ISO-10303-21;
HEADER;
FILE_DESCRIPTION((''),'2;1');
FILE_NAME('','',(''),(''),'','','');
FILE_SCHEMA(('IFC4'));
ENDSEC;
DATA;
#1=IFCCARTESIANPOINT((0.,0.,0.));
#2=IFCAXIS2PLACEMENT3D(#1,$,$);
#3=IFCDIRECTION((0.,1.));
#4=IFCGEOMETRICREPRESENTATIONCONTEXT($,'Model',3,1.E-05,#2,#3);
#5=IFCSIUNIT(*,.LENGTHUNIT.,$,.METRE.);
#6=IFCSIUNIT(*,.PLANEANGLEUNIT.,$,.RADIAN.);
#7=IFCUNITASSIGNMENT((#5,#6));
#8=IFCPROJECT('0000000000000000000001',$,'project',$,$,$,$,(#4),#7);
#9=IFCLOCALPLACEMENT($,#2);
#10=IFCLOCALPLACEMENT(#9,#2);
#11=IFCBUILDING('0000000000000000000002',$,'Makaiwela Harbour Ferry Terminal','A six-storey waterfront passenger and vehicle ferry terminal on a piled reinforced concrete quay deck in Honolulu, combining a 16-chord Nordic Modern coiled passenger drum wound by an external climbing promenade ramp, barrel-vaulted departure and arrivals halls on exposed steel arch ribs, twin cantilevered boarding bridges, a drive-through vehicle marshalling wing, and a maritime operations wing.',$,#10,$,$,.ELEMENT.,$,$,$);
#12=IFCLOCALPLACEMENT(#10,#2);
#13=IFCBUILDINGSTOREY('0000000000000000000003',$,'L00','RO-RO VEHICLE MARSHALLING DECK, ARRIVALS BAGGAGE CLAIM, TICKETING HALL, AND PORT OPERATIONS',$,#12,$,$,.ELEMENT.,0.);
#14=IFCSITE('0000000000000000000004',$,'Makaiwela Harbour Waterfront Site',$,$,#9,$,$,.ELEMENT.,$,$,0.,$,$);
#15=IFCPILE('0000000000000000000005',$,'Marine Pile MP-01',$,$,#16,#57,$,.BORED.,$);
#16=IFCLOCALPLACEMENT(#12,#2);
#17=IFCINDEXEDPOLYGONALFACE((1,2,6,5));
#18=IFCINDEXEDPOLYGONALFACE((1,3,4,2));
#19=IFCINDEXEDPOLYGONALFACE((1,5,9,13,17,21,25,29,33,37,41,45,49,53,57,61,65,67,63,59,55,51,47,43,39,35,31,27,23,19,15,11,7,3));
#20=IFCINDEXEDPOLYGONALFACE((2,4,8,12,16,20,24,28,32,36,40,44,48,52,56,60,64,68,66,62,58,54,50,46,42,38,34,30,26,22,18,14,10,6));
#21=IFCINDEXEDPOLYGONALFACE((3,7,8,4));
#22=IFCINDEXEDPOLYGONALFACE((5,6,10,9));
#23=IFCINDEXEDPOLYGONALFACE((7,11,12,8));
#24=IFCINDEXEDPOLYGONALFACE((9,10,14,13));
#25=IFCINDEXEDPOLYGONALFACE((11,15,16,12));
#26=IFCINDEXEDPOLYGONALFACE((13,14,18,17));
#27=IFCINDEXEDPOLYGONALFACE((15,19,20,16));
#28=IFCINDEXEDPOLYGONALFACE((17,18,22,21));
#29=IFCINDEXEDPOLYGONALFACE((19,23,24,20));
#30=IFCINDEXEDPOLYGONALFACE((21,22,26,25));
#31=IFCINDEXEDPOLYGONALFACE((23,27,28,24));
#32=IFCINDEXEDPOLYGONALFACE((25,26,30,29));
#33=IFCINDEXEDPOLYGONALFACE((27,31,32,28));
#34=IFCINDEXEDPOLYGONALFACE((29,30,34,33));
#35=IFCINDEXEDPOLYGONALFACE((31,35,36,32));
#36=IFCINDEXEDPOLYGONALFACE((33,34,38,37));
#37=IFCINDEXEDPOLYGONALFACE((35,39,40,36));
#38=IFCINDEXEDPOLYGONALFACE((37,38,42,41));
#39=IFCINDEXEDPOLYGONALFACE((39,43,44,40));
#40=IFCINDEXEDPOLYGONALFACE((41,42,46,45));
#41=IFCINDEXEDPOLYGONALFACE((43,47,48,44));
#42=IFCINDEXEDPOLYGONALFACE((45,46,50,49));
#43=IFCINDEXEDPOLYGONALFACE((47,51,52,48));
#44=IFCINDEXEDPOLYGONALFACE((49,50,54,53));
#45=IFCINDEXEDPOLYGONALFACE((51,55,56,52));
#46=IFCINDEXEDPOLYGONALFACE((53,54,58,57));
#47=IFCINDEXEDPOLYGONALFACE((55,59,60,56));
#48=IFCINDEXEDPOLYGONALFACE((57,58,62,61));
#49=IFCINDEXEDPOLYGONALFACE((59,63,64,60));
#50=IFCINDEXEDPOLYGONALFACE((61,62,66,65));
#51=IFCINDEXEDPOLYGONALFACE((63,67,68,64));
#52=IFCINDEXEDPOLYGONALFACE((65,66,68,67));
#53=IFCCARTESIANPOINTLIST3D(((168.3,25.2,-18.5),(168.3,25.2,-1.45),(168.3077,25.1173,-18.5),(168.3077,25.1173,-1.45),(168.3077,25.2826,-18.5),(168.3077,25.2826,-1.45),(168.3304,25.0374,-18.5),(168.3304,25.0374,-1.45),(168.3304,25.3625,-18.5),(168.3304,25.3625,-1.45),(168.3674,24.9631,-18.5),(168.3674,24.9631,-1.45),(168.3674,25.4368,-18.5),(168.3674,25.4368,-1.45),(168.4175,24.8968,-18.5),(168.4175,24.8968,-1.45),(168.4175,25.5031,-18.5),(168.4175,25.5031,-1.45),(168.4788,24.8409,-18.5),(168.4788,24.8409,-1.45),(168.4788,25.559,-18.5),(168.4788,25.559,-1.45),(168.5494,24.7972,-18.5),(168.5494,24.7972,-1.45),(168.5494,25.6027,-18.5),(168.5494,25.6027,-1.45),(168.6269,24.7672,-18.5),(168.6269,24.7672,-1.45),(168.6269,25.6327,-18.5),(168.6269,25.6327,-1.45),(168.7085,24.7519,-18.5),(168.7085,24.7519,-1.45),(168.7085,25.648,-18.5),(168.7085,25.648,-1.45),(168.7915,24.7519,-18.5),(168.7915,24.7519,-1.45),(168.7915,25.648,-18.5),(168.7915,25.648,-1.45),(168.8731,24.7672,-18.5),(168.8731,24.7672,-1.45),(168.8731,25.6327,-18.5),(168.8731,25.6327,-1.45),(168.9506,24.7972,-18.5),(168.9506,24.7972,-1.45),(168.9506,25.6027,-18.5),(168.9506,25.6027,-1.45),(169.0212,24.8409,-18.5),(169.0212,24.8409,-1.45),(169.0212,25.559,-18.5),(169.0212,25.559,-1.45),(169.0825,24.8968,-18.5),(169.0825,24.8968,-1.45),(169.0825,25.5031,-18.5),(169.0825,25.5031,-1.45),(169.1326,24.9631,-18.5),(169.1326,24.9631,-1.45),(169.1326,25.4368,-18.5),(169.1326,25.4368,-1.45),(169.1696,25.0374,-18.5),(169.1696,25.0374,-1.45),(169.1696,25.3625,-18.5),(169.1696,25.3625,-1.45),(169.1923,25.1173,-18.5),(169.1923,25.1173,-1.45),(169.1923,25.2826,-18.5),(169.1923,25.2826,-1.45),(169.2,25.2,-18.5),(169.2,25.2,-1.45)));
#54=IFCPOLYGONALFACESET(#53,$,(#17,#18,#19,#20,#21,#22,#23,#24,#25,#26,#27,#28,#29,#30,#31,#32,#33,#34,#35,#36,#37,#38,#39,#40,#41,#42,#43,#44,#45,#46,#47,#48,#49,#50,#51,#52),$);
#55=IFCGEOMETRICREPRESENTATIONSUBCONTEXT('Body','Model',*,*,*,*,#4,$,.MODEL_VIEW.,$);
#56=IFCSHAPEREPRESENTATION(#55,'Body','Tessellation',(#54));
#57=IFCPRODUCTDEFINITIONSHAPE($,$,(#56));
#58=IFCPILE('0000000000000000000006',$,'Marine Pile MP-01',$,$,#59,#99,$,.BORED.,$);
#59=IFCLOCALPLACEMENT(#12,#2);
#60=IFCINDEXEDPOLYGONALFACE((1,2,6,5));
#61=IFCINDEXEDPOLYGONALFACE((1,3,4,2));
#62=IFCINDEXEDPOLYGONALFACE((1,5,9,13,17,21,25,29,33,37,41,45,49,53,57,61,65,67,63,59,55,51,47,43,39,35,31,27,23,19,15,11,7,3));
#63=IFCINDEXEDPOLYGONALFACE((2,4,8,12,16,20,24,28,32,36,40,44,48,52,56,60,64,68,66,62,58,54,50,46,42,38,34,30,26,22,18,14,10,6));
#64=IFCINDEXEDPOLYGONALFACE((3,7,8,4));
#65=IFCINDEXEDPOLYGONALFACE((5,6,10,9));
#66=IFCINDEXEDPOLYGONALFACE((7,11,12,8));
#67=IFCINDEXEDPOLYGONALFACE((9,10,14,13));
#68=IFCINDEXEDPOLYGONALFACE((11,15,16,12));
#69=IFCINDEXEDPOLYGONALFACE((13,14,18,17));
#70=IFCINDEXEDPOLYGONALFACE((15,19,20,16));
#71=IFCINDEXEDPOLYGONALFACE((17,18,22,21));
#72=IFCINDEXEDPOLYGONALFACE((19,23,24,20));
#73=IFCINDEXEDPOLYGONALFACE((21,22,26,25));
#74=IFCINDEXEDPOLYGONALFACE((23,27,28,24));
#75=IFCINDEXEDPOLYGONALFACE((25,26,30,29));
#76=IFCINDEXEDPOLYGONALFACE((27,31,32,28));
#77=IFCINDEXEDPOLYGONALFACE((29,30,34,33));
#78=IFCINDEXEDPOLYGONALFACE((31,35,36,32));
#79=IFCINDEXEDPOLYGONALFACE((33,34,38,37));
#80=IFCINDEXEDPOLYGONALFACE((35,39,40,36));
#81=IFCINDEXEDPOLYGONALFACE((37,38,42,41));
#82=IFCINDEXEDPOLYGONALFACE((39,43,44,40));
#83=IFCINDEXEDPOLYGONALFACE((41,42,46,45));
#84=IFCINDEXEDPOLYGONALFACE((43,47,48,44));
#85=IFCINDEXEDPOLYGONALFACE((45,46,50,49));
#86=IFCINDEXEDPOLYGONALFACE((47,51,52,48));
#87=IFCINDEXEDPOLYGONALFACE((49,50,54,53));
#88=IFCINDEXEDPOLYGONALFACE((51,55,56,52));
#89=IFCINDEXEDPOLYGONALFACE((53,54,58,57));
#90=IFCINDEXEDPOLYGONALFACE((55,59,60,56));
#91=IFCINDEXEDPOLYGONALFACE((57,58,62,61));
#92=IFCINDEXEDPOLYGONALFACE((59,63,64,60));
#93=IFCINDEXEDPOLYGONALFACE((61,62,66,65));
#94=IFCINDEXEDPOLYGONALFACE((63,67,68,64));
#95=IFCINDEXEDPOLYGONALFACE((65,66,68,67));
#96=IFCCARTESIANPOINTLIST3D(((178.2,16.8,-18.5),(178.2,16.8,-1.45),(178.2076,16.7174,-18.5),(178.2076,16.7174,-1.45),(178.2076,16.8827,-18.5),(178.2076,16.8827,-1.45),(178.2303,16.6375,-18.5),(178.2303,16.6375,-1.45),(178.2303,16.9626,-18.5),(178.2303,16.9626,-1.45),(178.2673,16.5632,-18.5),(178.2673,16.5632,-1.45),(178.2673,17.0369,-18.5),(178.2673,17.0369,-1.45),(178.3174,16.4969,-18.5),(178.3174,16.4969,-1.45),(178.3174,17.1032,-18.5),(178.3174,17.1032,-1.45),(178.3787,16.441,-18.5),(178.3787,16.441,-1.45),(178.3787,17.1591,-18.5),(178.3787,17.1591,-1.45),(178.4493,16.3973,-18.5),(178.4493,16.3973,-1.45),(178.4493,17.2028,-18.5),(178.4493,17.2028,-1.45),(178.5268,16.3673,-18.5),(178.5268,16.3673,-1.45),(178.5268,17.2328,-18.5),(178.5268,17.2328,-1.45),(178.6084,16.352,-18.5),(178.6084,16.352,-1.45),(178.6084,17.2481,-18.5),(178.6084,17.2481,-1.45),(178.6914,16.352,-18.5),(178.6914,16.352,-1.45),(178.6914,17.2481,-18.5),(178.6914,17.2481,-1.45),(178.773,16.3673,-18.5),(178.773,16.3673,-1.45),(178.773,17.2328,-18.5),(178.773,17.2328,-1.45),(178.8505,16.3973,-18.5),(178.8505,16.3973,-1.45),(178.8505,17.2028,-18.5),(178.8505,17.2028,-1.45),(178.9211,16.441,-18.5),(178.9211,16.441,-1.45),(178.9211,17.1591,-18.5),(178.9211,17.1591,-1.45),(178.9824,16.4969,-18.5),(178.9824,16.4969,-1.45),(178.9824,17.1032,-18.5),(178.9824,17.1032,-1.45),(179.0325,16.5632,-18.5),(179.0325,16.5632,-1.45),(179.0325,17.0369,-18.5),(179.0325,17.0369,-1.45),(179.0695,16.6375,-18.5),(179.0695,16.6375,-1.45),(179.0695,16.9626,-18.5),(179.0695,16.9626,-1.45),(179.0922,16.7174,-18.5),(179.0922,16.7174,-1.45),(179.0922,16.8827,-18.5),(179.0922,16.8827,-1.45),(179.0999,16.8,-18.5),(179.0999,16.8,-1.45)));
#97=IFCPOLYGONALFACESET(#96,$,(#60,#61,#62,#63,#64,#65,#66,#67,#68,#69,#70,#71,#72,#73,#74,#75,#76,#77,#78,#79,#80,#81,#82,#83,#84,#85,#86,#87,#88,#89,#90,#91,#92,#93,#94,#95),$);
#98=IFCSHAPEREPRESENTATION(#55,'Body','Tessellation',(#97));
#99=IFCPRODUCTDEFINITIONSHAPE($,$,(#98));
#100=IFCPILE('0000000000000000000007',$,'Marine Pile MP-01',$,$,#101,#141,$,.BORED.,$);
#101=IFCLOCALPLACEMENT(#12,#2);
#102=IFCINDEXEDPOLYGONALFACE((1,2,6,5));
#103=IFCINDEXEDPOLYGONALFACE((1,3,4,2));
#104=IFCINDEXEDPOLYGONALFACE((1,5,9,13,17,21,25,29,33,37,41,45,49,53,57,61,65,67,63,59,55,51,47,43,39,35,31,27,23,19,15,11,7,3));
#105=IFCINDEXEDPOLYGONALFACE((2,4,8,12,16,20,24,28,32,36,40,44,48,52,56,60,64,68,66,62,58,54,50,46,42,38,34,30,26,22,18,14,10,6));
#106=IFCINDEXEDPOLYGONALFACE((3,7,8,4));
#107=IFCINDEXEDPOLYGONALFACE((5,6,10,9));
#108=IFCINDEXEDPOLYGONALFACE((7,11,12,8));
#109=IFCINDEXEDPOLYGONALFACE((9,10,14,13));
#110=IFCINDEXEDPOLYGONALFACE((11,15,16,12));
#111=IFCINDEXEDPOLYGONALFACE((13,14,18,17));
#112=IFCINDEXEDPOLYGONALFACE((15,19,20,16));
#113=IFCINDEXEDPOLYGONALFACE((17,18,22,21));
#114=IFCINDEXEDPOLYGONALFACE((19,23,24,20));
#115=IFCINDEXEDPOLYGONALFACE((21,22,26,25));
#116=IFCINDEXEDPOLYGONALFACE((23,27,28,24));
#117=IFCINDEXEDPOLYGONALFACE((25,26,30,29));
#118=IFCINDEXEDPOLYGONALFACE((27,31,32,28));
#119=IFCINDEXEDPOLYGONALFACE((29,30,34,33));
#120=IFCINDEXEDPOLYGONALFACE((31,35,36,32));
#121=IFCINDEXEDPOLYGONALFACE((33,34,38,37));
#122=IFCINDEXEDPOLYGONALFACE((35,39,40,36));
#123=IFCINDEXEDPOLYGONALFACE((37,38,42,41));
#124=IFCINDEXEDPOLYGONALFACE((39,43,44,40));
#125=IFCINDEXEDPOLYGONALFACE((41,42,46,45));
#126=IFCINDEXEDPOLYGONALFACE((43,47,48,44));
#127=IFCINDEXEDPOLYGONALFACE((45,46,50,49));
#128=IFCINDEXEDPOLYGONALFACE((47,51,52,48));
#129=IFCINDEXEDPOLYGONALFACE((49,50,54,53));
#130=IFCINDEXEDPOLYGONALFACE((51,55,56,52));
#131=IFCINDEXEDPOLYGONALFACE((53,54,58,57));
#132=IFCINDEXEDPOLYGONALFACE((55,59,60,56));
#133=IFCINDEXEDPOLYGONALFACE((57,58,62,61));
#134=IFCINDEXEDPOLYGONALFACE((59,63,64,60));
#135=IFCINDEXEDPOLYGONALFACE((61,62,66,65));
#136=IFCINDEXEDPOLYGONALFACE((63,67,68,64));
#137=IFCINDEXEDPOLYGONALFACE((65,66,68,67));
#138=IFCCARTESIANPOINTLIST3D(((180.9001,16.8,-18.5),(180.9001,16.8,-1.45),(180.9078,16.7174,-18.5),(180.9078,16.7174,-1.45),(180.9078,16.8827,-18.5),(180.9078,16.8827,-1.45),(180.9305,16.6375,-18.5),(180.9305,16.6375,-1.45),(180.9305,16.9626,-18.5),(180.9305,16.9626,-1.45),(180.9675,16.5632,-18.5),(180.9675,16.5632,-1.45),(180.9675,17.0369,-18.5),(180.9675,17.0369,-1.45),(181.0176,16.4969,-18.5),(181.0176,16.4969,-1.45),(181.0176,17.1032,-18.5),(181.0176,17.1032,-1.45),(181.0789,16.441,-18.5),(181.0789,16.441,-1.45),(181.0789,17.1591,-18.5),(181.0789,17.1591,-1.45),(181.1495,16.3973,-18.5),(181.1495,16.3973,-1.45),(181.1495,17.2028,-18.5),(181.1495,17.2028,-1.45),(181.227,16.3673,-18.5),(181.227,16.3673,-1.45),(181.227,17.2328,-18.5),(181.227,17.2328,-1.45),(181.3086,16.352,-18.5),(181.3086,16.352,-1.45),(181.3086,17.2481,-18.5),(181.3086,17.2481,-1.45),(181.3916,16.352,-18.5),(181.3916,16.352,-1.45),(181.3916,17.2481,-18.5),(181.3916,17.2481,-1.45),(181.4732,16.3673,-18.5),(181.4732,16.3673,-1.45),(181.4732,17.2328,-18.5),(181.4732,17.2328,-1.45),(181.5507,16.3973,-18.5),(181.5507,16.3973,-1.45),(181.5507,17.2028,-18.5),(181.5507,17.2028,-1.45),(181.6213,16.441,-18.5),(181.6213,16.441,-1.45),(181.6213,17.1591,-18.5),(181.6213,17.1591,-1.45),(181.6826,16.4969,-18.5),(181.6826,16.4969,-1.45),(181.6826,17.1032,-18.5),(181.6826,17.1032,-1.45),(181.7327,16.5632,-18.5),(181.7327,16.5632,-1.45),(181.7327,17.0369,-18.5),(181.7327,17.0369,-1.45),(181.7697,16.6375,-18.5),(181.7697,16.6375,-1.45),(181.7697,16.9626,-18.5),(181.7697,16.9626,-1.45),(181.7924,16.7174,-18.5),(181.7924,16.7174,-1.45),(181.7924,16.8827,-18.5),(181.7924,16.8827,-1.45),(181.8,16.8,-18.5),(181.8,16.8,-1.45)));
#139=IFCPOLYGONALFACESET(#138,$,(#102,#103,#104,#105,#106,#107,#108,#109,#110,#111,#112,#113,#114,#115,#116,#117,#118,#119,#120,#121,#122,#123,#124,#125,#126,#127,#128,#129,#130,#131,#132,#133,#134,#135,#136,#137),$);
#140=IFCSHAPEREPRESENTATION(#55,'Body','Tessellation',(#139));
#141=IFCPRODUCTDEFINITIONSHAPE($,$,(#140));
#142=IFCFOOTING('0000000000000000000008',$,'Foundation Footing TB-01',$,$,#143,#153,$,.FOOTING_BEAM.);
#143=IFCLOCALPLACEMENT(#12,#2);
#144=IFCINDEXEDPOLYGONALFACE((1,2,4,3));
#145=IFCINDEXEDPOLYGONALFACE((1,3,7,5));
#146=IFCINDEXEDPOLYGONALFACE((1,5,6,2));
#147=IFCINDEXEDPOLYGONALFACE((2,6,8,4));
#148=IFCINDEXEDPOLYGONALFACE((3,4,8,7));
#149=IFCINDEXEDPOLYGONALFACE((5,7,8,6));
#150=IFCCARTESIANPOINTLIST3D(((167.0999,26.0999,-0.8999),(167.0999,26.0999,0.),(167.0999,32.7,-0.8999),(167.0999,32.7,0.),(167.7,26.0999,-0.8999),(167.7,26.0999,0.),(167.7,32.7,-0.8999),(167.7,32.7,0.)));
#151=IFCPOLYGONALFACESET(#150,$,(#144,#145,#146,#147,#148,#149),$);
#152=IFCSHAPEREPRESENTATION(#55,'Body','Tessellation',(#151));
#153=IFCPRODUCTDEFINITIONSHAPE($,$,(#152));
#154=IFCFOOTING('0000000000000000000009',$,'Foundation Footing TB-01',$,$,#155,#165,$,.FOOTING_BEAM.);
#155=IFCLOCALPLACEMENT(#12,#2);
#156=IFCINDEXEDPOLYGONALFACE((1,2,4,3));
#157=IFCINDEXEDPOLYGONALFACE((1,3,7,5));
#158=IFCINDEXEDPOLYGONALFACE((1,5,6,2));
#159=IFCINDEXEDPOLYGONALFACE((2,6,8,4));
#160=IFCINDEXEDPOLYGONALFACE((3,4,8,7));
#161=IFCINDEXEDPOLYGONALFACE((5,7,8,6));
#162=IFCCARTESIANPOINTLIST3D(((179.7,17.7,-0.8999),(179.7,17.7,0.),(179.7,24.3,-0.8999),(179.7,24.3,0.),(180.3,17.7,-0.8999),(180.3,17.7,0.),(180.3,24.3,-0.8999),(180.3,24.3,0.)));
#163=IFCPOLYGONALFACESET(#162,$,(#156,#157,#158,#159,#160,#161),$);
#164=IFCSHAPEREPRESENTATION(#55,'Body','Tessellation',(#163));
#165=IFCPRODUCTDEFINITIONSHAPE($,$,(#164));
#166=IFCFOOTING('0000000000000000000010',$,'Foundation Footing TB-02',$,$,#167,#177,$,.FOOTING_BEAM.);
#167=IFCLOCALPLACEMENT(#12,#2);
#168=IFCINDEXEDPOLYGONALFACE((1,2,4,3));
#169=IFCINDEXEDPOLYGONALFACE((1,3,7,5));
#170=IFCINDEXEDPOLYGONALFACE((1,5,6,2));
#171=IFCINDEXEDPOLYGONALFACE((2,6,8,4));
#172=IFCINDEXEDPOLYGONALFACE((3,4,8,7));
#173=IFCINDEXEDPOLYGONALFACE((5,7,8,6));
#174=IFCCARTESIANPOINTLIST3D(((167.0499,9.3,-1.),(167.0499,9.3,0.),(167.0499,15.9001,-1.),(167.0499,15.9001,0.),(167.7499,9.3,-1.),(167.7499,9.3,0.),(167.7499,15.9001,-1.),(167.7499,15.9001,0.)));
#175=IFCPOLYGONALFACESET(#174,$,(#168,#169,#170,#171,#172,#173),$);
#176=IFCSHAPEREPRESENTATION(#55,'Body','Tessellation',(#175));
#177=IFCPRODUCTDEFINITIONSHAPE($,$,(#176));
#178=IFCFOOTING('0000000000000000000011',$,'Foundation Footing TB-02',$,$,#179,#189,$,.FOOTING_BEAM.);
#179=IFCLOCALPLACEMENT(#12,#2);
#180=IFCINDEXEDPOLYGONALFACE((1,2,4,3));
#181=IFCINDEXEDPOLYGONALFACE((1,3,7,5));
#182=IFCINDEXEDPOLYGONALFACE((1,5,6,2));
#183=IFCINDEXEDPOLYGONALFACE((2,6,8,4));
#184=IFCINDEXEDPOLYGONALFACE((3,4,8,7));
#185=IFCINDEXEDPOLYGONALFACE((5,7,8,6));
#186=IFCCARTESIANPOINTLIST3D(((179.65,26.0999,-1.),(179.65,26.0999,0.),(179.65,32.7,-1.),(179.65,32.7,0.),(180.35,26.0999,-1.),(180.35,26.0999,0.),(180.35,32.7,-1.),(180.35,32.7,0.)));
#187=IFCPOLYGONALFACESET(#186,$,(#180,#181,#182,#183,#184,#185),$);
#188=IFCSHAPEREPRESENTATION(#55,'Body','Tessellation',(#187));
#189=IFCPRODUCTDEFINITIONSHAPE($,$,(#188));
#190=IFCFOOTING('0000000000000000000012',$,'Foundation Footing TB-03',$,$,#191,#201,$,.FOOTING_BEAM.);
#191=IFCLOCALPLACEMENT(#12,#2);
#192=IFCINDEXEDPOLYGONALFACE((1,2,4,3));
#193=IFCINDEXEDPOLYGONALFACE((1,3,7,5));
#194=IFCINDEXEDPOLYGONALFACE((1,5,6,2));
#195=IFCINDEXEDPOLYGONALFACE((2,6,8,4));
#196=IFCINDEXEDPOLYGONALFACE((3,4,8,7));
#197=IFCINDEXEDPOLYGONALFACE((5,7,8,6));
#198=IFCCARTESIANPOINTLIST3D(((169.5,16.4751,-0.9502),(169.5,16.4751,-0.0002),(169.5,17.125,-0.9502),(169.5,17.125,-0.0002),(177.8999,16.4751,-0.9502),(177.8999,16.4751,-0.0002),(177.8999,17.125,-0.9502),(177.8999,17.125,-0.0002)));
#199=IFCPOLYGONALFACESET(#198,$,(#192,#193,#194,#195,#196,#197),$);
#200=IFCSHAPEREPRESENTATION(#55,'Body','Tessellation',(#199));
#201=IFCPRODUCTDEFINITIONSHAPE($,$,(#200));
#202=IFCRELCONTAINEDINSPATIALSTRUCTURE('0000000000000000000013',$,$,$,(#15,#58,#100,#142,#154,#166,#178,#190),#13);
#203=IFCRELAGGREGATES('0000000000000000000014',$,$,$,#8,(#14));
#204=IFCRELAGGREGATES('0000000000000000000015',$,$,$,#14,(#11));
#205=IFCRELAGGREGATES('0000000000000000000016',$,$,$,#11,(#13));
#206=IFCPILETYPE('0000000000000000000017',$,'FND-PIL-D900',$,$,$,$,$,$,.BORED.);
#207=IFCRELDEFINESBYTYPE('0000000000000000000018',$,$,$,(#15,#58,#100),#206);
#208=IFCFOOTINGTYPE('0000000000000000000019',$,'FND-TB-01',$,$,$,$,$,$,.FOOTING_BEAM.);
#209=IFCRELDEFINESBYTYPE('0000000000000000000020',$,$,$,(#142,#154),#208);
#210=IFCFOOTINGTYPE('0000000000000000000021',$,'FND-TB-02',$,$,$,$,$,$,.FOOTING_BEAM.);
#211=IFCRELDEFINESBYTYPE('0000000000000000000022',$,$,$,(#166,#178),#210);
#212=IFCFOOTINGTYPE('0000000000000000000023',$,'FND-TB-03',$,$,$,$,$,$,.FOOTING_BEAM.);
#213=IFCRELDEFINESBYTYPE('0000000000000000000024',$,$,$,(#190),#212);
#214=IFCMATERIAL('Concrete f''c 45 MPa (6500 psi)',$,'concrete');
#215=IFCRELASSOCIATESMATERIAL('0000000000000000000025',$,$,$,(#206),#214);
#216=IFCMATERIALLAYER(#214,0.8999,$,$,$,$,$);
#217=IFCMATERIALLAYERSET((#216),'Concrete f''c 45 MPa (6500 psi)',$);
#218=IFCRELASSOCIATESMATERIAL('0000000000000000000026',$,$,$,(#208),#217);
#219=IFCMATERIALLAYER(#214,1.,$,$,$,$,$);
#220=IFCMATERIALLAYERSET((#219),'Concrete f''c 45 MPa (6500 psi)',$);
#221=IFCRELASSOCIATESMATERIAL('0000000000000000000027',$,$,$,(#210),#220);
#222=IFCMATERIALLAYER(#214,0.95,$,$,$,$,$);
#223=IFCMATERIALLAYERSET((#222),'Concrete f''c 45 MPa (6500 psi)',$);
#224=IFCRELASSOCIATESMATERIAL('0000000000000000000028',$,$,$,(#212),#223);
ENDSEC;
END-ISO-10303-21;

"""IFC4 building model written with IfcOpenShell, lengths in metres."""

from ifc_helpers import new_model, si_unit, direction, frame, origin, origin_2d, place, context, subcontext, project, spatial, rectangle, circle, extrude, material, layer, layer_set, material_profile, profile_set, type_object, element, save


model = new_model("IFC4")

# Units and contexts
model_context = context("Model", 3, precision=1e-05, world=origin(), true_north=direction((0.0, 1.0)))
body_context = subcontext(model_context, "Body", "Model", "MODEL_VIEW")
ifc_project = project(units=[si_unit("LENGTHUNIT", "METRE"), si_unit("PLANEANGLEUNIT", "RADIAN")], contexts=[model_context])

# Site, building, storey
site_placement = place(None, origin())
site = spatial("IfcSite", under=ifc_project, at=site_placement, Name="Makaiwela Harbour Waterfront Site", CompositionType="ELEMENT", RefElevation=0.0)
building_placement = place(site_placement, origin())
building = spatial("IfcBuilding", under=site, at=building_placement, Name="Makaiwela Harbour Ferry Terminal", Description="A six-storey waterfront passenger and vehicle ferry terminal on a piled reinforced concrete quay deck in Honolulu, combining a 16-chord Nordic Modern coiled passenger drum wound by an external climbing promenade ramp, barrel-vaulted departure and arrivals halls on exposed steel arch ribs, twin cantilevered boarding bridges, a drive-through vehicle marshalling wing, and a maritime operations wing.", CompositionType="ELEMENT")
storey_placement = place(building_placement, origin())
storey = spatial("IfcBuildingStorey", under=building, at=storey_placement, Name="L00", Description="RO-RO VEHICLE MARSHALLING DECK, ARRIVALS BAGGAGE CLAIM, TICKETING HALL, AND PORT OPERATIONS", CompositionType="ELEMENT", Elevation=0.0)

# Shared definitions
ifc_material_1 = material(Name="Concrete f'c 45 MPa (6500 psi)", Category="concrete")

# Piles
ifc_material_profile_1 = material_profile(ifc_material_1, circle(Radius=0.45, at=origin_2d()), Name="PILE-D900")
ifc_profile_set_1 = profile_set([ifc_material_profile_1], Name="Concrete f'c 45 MPa (6500 psi)")
pile_type_1 = type_object("IfcPileType", Name="FND-PIL-D900", PredefinedType="BORED", material=ifc_profile_set_1)
for number, where, z_axis, x_axis, name in (
    (1, (168.75, 25.2, -1.45), (0.0, 0.0, -1.0), (1.0, 0.0, 0.0), "Marine Pile MP-01"),
    (2, (178.6499, 16.8, -1.45), (0.0, 0.0, -1.0), (1.0, 0.0, 0.0), "Marine Pile MP-01"),
    (3, (181.3501, 16.8, -1.45), (0.0, 0.0, -1.0), (1.0, 0.0, 0.0), "Marine Pile MP-01"),
):
    element("IfcPile", number, at=place(storey_placement, frame(where, z_axis=z_axis, x_axis=x_axis)), inside=storey, type_object=pile_type_1, Name=name, PredefinedType="BORED", context=body_context, shape_type="SweptSolid", body=[
        extrude(circle(Radius=0.45, at=origin_2d()), origin(), (0.0, 0.0, 1.0), 17.05),
    ])

# Footings
ifc_layer_1 = layer(ifc_material_1, 0.8999)
ifc_layer_set_1 = layer_set([ifc_layer_1], Name="Concrete f'c 45 MPa (6500 psi)")
footing_type_1 = type_object("IfcFootingType", Name="FND-TB-01", PredefinedType="FOOTING_BEAM", material=ifc_layer_set_1)
for number, where, z_axis, x_axis, name in (
    (4, (167.3999, 29.3999, -0.8999), (0.0, 0.0, 1.0), (0.0, 1.0, 0.0), "Foundation Footing TB-01"),
    (5, (180.0, 21.0, -0.8999), (0.0, 0.0, 1.0), (0.0, 1.0, 0.0), "Foundation Footing TB-01"),
):
    element("IfcFooting", number, at=place(storey_placement, frame(where, z_axis=z_axis, x_axis=x_axis)), inside=storey, type_object=footing_type_1, Name=name, PredefinedType="FOOTING_BEAM", context=body_context, shape_type="SweptSolid", body=[
        extrude(rectangle(XDim=6.6001, YDim=0.6001, at=origin_2d()), origin(), (0.0, 0.0, 1.0), 0.8999),
    ])
ifc_layer_2 = layer(ifc_material_1, 1.0)
ifc_layer_set_2 = layer_set([ifc_layer_2], Name="Concrete f'c 45 MPa (6500 psi)")
footing_type_2 = type_object("IfcFootingType", Name="FND-TB-02", PredefinedType="FOOTING_BEAM", material=ifc_layer_set_2)
for number, where, z_axis, x_axis, name in (
    (6, (167.3999, 12.6001, -1.0), (0.0, 0.0, 1.0), (0.0, 1.0, 0.0), "Foundation Footing TB-02"),
    (7, (180.0, 29.3999, -1.0), (0.0, 0.0, 1.0), (0.0, 1.0, 0.0), "Foundation Footing TB-02"),
):
    element("IfcFooting", number, at=place(storey_placement, frame(where, z_axis=z_axis, x_axis=x_axis)), inside=storey, type_object=footing_type_2, Name=name, PredefinedType="FOOTING_BEAM", context=body_context, shape_type="SweptSolid", body=[
        extrude(rectangle(XDim=6.6001, YDim=0.7, at=origin_2d()), origin(), (0.0, 0.0, 1.0), 1.0),
    ])
ifc_layer_3 = layer(ifc_material_1, 0.95)
ifc_layer_set_3 = layer_set([ifc_layer_3], Name="Concrete f'c 45 MPa (6500 psi)")
footing_type_3 = type_object("IfcFootingType", Name="FND-TB-03", PredefinedType="FOOTING_BEAM", material=ifc_layer_set_3)
footing_1_placement = place(storey_placement, frame((173.7, 16.8, -0.9502), z_axis=(0.0, 0.0, 1.0), x_axis=(1.0, 0.0, 0.0)))
element("IfcFooting", 8, at=footing_1_placement, inside=storey, type_object=footing_type_3, Name="Foundation Footing TB-03", PredefinedType="FOOTING_BEAM", context=body_context, shape_type="SweptSolid", body=[
    extrude(rectangle(XDim=8.3999, YDim=0.6499, at=origin_2d()), origin(), (0.0, 0.0, 1.0), 0.95),
])

save(model, "model.ifc")
